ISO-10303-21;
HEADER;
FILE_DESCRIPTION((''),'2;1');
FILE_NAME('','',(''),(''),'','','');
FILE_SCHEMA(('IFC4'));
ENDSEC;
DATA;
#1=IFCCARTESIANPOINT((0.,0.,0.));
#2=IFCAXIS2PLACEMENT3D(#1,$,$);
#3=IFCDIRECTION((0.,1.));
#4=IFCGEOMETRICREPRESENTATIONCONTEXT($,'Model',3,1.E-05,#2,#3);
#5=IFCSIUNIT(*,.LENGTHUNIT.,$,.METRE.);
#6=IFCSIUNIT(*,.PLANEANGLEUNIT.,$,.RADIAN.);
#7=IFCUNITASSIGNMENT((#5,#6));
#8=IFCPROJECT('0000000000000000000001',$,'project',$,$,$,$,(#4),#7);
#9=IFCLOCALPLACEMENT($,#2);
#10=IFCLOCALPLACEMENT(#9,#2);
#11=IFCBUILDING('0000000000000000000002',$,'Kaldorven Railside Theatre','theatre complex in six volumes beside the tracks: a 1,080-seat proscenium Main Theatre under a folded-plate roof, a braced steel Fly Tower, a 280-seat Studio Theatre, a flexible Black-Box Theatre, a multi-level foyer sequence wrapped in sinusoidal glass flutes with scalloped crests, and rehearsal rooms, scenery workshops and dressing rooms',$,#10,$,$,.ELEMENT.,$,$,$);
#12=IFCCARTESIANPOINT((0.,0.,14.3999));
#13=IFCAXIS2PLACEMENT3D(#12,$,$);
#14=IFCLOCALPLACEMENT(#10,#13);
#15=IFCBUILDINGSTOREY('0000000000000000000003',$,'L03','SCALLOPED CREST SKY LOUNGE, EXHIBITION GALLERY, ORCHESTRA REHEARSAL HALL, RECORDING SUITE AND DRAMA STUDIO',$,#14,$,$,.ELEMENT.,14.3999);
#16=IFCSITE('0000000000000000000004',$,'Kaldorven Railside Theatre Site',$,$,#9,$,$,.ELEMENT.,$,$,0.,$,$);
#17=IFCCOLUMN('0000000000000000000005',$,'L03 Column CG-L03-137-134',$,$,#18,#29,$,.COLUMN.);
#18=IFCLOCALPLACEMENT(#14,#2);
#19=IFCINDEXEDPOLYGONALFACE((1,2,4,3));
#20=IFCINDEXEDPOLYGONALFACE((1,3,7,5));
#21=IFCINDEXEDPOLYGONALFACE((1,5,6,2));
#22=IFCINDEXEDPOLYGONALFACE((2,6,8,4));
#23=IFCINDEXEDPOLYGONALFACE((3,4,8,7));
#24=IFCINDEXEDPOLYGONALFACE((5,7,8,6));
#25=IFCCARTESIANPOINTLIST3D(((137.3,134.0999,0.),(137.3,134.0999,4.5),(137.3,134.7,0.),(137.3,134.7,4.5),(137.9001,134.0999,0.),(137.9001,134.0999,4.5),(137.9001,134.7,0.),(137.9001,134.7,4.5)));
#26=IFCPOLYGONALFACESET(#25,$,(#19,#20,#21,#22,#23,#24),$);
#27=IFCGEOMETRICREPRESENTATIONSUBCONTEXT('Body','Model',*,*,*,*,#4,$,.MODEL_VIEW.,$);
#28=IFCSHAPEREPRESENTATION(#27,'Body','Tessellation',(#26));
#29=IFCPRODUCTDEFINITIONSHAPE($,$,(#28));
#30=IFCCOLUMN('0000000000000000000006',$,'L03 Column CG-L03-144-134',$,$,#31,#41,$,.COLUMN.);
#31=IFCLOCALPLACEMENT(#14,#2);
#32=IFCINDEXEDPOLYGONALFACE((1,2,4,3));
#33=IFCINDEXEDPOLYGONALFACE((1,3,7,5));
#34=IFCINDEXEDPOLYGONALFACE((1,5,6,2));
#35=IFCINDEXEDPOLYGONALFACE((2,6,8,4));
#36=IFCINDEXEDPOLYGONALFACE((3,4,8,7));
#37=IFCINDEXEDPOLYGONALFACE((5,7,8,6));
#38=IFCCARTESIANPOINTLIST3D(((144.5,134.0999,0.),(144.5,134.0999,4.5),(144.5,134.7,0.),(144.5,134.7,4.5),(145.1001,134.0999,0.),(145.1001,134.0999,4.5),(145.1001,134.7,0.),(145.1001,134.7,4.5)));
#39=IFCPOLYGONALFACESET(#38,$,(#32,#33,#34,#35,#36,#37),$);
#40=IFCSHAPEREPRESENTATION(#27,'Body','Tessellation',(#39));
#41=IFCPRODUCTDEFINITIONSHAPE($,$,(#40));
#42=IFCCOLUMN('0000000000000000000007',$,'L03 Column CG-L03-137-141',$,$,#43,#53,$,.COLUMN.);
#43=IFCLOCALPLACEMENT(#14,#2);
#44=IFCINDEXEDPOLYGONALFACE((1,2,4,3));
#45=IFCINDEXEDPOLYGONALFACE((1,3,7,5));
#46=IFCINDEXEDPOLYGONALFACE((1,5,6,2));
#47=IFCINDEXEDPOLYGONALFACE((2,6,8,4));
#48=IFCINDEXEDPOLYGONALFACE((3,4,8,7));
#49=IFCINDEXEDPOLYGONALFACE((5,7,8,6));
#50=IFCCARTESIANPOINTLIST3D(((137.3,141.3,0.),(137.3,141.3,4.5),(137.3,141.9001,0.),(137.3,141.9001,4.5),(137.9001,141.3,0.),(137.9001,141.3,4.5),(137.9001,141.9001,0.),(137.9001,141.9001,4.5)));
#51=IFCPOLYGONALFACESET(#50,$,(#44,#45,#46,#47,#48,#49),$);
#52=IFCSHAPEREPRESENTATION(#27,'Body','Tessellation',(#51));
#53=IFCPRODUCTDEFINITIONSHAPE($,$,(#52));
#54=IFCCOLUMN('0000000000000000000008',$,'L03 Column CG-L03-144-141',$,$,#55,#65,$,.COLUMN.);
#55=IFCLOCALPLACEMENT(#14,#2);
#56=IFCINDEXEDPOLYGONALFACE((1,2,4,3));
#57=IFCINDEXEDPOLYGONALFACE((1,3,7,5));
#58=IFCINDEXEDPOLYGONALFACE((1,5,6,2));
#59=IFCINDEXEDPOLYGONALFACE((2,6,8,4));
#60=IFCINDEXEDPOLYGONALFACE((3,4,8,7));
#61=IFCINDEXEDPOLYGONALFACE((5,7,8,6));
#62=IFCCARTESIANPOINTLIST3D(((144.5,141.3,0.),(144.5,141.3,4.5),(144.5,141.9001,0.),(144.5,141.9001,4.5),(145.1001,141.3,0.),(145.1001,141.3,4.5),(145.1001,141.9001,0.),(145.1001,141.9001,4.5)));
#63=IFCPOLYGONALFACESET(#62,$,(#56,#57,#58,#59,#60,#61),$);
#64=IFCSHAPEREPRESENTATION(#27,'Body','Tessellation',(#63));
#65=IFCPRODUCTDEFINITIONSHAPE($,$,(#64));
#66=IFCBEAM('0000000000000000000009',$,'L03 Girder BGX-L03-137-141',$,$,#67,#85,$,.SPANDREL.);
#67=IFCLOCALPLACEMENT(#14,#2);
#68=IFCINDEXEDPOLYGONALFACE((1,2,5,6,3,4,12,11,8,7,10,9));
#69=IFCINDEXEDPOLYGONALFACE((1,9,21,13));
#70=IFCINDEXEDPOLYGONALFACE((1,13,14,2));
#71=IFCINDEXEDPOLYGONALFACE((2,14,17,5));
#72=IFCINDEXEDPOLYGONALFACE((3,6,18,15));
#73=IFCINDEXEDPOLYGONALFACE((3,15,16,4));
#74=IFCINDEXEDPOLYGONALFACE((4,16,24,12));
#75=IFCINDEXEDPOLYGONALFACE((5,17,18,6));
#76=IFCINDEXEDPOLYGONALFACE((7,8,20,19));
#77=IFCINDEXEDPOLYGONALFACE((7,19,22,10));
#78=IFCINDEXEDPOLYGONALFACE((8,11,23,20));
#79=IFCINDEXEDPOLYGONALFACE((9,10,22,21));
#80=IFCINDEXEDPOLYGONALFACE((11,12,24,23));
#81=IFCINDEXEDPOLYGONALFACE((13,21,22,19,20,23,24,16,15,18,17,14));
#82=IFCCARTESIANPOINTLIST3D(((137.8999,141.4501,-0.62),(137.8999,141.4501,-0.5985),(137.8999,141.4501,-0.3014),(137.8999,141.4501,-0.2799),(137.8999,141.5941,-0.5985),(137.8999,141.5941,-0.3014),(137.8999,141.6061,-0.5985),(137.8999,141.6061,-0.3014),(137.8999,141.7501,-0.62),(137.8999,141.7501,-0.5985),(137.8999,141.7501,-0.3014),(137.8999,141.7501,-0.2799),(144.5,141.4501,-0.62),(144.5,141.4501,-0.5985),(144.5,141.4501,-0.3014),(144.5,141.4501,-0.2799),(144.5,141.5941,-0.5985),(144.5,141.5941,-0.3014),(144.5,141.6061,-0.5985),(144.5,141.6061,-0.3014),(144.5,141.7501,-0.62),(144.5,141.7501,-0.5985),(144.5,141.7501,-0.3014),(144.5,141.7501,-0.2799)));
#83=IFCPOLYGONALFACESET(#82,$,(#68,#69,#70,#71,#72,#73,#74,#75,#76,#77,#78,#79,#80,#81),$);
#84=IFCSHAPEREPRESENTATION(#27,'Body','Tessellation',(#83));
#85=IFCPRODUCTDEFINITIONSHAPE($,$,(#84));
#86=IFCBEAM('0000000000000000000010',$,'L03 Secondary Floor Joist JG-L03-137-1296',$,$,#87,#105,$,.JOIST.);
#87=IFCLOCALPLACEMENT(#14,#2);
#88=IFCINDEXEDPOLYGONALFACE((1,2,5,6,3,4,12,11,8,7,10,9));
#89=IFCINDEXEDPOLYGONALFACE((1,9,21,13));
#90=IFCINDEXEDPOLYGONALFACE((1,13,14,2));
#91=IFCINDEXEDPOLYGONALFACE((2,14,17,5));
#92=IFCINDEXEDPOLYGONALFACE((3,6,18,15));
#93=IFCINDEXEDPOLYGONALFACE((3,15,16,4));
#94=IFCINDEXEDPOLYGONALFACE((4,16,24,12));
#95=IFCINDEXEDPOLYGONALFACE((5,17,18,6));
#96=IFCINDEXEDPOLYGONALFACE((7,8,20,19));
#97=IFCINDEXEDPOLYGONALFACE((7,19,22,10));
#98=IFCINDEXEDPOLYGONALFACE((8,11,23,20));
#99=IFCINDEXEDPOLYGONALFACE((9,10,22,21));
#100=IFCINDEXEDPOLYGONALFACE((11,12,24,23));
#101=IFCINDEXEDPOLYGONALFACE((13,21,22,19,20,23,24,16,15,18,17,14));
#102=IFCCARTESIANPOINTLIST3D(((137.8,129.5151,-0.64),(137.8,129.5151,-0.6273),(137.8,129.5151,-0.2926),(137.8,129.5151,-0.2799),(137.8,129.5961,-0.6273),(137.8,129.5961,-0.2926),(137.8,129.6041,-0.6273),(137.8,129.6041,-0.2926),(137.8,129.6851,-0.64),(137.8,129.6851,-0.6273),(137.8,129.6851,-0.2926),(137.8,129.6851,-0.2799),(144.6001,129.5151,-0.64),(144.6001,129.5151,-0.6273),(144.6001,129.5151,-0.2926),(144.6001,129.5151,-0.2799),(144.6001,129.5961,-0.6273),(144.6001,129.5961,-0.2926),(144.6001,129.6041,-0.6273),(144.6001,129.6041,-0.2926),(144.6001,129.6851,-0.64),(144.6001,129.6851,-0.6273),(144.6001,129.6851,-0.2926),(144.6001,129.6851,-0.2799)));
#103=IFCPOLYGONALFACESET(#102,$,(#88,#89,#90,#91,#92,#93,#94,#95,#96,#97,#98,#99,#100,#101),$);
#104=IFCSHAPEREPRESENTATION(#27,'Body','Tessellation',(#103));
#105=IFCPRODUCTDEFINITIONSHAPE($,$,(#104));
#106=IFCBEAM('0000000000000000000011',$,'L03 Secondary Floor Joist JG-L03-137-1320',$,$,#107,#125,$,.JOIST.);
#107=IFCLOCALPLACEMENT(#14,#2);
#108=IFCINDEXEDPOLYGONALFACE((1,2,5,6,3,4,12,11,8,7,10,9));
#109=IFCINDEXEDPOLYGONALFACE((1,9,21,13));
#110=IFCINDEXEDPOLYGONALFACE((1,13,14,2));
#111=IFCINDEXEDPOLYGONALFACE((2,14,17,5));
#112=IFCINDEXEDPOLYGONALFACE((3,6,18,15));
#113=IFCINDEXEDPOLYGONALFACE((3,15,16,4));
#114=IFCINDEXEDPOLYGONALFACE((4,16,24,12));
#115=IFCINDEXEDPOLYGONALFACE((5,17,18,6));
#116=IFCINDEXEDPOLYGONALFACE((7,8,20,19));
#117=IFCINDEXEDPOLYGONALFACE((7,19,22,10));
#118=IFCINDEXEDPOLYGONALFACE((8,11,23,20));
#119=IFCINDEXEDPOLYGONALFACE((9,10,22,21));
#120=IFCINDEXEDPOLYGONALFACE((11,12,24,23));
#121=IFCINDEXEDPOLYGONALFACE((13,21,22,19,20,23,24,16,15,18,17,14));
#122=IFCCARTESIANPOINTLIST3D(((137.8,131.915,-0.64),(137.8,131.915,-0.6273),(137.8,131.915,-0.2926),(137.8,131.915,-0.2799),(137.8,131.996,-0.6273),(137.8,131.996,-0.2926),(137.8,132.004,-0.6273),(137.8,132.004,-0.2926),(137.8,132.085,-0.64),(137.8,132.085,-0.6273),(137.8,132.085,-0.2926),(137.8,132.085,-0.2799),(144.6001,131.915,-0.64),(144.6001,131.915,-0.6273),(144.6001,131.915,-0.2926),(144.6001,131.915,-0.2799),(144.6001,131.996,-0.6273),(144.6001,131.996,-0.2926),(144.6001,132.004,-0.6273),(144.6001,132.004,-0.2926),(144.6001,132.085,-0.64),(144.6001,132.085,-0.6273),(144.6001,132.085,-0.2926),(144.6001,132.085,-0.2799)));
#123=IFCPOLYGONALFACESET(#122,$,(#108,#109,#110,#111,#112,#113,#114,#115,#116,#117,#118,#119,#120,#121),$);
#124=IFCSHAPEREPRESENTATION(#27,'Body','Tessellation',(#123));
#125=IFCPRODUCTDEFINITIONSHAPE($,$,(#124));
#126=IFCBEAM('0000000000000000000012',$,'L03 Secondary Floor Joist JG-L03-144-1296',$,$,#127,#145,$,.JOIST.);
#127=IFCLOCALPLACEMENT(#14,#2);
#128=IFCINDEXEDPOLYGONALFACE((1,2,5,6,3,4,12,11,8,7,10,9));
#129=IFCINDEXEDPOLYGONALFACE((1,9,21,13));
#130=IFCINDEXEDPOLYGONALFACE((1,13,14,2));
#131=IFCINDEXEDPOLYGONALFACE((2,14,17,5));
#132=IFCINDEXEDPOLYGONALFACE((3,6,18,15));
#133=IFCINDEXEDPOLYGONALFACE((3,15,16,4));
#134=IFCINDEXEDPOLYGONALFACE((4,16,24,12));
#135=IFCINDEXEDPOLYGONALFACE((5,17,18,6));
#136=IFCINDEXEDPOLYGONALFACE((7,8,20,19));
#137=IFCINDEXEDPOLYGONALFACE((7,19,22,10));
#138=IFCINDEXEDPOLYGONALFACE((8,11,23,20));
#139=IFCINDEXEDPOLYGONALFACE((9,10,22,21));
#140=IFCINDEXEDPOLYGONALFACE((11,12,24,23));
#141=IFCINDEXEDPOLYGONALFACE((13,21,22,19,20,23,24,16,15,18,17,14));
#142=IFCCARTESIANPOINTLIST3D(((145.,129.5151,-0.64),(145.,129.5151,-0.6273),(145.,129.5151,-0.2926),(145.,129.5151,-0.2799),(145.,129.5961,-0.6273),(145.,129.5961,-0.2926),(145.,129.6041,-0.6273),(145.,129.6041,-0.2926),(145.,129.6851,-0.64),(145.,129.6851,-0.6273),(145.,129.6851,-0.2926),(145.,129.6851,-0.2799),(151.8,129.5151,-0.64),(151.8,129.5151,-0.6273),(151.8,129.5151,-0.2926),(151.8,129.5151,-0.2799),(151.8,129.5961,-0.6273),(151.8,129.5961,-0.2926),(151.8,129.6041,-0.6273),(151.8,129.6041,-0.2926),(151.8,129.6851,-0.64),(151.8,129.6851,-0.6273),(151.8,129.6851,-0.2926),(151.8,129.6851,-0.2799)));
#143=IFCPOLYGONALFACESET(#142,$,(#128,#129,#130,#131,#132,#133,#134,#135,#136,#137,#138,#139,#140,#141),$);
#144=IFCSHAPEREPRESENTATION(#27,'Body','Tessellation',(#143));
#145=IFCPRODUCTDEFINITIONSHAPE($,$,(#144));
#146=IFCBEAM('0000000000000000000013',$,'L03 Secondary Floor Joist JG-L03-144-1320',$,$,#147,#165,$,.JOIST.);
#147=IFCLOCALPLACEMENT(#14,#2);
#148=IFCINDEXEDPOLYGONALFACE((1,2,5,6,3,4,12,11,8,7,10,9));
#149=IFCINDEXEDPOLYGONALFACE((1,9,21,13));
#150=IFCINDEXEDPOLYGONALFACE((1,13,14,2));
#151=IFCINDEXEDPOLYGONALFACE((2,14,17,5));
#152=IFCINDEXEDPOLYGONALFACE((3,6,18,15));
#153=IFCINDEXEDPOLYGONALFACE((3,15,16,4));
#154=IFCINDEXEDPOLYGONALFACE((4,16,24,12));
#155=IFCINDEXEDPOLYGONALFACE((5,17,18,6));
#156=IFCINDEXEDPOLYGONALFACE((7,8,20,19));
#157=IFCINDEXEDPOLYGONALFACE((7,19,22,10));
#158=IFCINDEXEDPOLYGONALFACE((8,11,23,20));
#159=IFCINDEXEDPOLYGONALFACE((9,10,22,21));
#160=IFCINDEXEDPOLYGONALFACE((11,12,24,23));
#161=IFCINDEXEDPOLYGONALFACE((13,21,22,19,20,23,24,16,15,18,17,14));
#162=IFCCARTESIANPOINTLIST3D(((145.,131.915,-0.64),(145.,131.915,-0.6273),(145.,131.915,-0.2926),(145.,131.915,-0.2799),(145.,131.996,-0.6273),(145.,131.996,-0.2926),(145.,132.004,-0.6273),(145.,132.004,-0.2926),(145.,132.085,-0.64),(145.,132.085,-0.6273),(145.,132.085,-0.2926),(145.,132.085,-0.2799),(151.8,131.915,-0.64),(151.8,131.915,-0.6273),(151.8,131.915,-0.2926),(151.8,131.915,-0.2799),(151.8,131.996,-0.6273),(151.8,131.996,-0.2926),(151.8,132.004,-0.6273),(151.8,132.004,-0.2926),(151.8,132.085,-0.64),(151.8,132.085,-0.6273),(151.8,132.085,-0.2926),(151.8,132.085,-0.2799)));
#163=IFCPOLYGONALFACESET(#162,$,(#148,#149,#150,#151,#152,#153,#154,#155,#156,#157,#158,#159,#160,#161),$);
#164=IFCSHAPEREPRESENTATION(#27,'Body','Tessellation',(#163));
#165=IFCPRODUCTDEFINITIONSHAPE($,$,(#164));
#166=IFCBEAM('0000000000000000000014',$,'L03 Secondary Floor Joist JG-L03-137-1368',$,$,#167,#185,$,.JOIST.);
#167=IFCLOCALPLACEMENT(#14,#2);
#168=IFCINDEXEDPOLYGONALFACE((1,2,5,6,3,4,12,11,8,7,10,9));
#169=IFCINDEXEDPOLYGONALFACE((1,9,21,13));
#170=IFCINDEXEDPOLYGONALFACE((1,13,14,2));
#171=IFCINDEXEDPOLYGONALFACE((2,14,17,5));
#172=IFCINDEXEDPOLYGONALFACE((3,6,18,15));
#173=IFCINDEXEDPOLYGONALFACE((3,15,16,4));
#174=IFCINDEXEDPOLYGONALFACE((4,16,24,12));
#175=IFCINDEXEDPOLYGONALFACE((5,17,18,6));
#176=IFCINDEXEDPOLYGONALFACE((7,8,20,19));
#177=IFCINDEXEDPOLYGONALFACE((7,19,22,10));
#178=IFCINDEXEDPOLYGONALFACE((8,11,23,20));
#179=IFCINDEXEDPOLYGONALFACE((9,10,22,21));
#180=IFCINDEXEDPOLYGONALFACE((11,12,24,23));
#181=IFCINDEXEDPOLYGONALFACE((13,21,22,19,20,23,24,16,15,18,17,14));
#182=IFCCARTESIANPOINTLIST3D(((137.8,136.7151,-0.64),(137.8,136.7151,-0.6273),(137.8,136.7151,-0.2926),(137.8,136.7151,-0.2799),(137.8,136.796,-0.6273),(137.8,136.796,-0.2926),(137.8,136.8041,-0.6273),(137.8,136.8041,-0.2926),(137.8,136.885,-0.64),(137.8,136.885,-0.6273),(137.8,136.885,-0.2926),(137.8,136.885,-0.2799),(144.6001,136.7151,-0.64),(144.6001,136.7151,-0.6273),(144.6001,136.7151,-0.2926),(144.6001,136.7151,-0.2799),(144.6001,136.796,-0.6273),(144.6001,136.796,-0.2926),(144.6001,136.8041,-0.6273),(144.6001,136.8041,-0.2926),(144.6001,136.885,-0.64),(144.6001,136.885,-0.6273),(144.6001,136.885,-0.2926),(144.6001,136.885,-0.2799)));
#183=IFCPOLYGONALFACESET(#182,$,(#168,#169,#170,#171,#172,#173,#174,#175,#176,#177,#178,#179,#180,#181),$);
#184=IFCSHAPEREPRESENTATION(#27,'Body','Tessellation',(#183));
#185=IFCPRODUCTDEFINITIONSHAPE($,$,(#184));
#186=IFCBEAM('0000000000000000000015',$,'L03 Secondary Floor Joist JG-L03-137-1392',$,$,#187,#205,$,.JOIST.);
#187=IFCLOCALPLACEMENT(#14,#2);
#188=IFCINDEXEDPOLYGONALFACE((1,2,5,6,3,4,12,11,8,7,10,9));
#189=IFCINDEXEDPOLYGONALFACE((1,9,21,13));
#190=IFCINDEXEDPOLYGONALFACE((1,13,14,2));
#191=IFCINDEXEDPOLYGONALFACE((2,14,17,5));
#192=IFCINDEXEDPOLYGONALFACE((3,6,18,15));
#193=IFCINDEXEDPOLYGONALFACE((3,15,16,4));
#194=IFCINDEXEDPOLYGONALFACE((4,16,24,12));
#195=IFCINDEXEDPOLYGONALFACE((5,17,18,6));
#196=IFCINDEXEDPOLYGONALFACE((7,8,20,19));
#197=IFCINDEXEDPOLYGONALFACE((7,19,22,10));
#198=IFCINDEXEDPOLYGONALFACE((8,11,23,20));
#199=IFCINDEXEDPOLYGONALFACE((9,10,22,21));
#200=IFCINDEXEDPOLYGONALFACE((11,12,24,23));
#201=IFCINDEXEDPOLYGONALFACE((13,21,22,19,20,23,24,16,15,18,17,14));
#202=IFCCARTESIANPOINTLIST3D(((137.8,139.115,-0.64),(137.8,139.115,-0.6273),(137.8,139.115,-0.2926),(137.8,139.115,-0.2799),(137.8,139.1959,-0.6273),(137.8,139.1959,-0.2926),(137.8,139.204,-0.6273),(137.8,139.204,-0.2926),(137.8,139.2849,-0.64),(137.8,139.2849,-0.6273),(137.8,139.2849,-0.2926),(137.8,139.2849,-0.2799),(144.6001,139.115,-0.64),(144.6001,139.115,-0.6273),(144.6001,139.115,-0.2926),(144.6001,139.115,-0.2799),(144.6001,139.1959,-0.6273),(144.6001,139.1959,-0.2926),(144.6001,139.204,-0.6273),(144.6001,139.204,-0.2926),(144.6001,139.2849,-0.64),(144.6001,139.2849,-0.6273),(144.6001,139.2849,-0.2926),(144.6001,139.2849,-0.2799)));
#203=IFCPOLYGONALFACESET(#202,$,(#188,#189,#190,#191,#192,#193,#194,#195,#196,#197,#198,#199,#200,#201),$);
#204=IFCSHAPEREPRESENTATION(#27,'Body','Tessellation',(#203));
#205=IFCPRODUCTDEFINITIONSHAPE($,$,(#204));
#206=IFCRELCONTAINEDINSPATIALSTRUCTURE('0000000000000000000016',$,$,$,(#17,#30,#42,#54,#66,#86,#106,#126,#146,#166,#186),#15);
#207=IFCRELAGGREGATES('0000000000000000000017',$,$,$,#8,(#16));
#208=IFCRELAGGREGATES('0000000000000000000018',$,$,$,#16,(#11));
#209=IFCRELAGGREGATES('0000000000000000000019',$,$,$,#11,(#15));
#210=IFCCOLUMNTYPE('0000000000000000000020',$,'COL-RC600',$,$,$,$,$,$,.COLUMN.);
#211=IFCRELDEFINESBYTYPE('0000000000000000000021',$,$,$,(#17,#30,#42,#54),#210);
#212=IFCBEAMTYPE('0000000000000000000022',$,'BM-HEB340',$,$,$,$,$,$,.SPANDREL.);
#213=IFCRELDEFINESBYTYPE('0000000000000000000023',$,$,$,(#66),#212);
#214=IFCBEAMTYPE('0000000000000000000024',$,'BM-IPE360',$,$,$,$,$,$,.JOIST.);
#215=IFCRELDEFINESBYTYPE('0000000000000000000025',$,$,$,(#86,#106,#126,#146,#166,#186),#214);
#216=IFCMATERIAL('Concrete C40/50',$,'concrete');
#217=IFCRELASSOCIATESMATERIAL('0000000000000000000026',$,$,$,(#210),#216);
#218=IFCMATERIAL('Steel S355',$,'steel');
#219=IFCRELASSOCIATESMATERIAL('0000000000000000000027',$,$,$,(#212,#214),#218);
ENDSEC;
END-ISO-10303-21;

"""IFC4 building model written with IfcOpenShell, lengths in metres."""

from ifc_helpers import new_model, si_unit, direction, frame, origin, origin_2d, place, context, subcontext, project, spatial, rectangle, i_section, extrude, material, material_profile, profile_set, type_object, element, save


model = new_model("IFC4")

# Units and contexts
model_context = context("Model", 3, precision=1e-05, world=origin(), true_north=direction((0.0, 1.0)))
body_context = subcontext(model_context, "Body", "Model", "MODEL_VIEW")
ifc_project = project(units=[si_unit("LENGTHUNIT", "METRE"), si_unit("PLANEANGLEUNIT", "RADIAN")], contexts=[model_context])

# Site, building, storey
site_placement = place(None, origin())
site = spatial("IfcSite", under=ifc_project, at=site_placement, Name="Kaldorven Railside Theatre Site", CompositionType="ELEMENT", RefElevation=0.0)
building_placement = place(site_placement, origin())
building = spatial("IfcBuilding", under=site, at=building_placement, Name="Kaldorven Railside Theatre", Description="theatre complex in six volumes beside the tracks: a 1,080-seat proscenium Main Theatre under a folded-plate roof, a braced steel Fly Tower, a 280-seat Studio Theatre, a flexible Black-Box Theatre, a multi-level foyer sequence wrapped in sinusoidal glass flutes with scalloped crests, and rehearsal rooms, scenery workshops and dressing rooms", CompositionType="ELEMENT")
storey_placement = place(building_placement, frame((0.0, 0.0, 14.3999)))
storey = spatial("IfcBuildingStorey", under=building, at=storey_placement, Name="L03", Description="SCALLOPED CREST SKY LOUNGE, EXHIBITION GALLERY, ORCHESTRA REHEARSAL HALL, RECORDING SUITE AND DRAMA STUDIO", CompositionType="ELEMENT", Elevation=14.3999)

# Columns
ifc_material_1 = material(Name="Concrete C40/50", Category="concrete")
ifc_material_profile_1 = material_profile(ifc_material_1, rectangle(XDim=0.6001, YDim=0.6001, at=origin_2d()), Name="RC 600x600")
ifc_profile_set_1 = profile_set([ifc_material_profile_1], Name="Concrete C40/50")
column_type = type_object("IfcColumnType", Name="COL-RC600", PredefinedType="COLUMN", material=ifc_profile_set_1)
for number, where, z_axis, x_axis, name in (
    (1, (137.6001, 134.3999, 0.0), (0.0, 0.0, 1.0), (1.0, 0.0, 0.0), "L03 Column CG-L03-137-134"),
    (2, (144.8, 134.3999, 0.0), (0.0, 0.0, 1.0), (0.0, 1.0, 0.0), "L03 Column CG-L03-144-134"),
    (3, (137.6001, 141.6001, 0.0), (0.0, 0.0, 1.0), (0.0, 1.0, 0.0), "L03 Column CG-L03-137-141"),
    (4, (144.8, 141.6001, 0.0), (0.0, 0.0, 1.0), (1.0, 0.0, 0.0), "L03 Column CG-L03-144-141"),
):
    element("IfcColumn", number, at=place(storey_placement, frame(where, z_axis=z_axis, x_axis=x_axis)), inside=storey, type_object=column_type, Name=name, PredefinedType="COLUMN", context=body_context, shape_type="SweptSolid", body=[
        extrude(rectangle(XDim=0.6001, YDim=0.6001, at=origin_2d()), origin(), (0.0, 0.0, 1.0), 4.5),
    ])

# Beams
ifc_material_2 = material(Name="Steel S355", Category="steel")
ifc_material_profile_2 = material_profile(ifc_material_2, i_section(OverallWidth=0.3, OverallDepth=0.3401, WebThickness=0.012, FlangeThickness=0.0215, at=origin_2d()), Name="HEB 340")
ifc_profile_set_2 = profile_set([ifc_material_profile_2], Name="Steel S355")
beam_type_1 = type_object("IfcBeamType", Name="BM-HEB340", PredefinedType="SPANDREL", material=ifc_profile_set_2)
beam_1_placement = place(storey_placement, frame((137.8999, 141.6001, -0.45), z_axis=(1.0, 0.0, 0.0), x_axis=(0.0, 1.0, 0.0)))
element("IfcBeam", 5, at=beam_1_placement, inside=storey, type_object=beam_type_1, Name="L03 Girder BGX-L03-137-141", PredefinedType="SPANDREL", context=body_context, shape_type="SweptSolid", body=[
    extrude(i_section(OverallWidth=0.3, OverallDepth=0.3401, WebThickness=0.012, FlangeThickness=0.0215, at=origin_2d()), origin(), (0.0, 0.0, 1.0), 6.6001),
])
ifc_material_profile_3 = material_profile(ifc_material_2, i_section(OverallWidth=0.1699, OverallDepth=0.3601, WebThickness=0.0081, FlangeThickness=0.0127, at=origin_2d()), Name="IPE 360")
ifc_profile_set_3 = profile_set([ifc_material_profile_3], Name="Steel S355")
beam_type_2 = type_object("IfcBeamType", Name="BM-IPE360", PredefinedType="JOIST", material=ifc_profile_set_3)
for number, where, z_axis, x_axis, name in (
    (6, (137.8, 129.6001, -0.46), (1.0, 0.0, 0.0), (0.0, 1.0, 0.0), "L03 Secondary Floor Joist JG-L03-137-1296"),
    (7, (137.8, 132.0, -0.46), (1.0, 0.0, 0.0), (0.0, 1.0, 0.0), "L03 Secondary Floor Joist JG-L03-137-1320"),
    (8, (145.0, 129.6001, -0.46), (1.0, 0.0, 0.0), (0.0, 1.0, 0.0), "L03 Secondary Floor Joist JG-L03-144-1296"),
    (9, (145.0, 132.0, -0.46), (1.0, 0.0, 0.0), (0.0, 1.0, 0.0), "L03 Secondary Floor Joist JG-L03-144-1320"),
    (10, (137.8, 136.8, -0.46), (1.0, 0.0, 0.0), (0.0, 1.0, 0.0), "L03 Secondary Floor Joist JG-L03-137-1368"),
    (11, (137.8, 139.2, -0.46), (1.0, 0.0, 0.0), (0.0, 1.0, 0.0), "L03 Secondary Floor Joist JG-L03-137-1392"),
):
    element("IfcBeam", number, at=place(storey_placement, frame(where, z_axis=z_axis, x_axis=x_axis)), inside=storey, type_object=beam_type_2, Name=name, PredefinedType="JOIST", context=body_context, shape_type="SweptSolid", body=[
        extrude(i_section(OverallWidth=0.1699, OverallDepth=0.3601, WebThickness=0.0081, FlangeThickness=0.0127, at=origin_2d()), origin(), (0.0, 0.0, 1.0), 6.8),
    ])

save(model, "model.ifc")
